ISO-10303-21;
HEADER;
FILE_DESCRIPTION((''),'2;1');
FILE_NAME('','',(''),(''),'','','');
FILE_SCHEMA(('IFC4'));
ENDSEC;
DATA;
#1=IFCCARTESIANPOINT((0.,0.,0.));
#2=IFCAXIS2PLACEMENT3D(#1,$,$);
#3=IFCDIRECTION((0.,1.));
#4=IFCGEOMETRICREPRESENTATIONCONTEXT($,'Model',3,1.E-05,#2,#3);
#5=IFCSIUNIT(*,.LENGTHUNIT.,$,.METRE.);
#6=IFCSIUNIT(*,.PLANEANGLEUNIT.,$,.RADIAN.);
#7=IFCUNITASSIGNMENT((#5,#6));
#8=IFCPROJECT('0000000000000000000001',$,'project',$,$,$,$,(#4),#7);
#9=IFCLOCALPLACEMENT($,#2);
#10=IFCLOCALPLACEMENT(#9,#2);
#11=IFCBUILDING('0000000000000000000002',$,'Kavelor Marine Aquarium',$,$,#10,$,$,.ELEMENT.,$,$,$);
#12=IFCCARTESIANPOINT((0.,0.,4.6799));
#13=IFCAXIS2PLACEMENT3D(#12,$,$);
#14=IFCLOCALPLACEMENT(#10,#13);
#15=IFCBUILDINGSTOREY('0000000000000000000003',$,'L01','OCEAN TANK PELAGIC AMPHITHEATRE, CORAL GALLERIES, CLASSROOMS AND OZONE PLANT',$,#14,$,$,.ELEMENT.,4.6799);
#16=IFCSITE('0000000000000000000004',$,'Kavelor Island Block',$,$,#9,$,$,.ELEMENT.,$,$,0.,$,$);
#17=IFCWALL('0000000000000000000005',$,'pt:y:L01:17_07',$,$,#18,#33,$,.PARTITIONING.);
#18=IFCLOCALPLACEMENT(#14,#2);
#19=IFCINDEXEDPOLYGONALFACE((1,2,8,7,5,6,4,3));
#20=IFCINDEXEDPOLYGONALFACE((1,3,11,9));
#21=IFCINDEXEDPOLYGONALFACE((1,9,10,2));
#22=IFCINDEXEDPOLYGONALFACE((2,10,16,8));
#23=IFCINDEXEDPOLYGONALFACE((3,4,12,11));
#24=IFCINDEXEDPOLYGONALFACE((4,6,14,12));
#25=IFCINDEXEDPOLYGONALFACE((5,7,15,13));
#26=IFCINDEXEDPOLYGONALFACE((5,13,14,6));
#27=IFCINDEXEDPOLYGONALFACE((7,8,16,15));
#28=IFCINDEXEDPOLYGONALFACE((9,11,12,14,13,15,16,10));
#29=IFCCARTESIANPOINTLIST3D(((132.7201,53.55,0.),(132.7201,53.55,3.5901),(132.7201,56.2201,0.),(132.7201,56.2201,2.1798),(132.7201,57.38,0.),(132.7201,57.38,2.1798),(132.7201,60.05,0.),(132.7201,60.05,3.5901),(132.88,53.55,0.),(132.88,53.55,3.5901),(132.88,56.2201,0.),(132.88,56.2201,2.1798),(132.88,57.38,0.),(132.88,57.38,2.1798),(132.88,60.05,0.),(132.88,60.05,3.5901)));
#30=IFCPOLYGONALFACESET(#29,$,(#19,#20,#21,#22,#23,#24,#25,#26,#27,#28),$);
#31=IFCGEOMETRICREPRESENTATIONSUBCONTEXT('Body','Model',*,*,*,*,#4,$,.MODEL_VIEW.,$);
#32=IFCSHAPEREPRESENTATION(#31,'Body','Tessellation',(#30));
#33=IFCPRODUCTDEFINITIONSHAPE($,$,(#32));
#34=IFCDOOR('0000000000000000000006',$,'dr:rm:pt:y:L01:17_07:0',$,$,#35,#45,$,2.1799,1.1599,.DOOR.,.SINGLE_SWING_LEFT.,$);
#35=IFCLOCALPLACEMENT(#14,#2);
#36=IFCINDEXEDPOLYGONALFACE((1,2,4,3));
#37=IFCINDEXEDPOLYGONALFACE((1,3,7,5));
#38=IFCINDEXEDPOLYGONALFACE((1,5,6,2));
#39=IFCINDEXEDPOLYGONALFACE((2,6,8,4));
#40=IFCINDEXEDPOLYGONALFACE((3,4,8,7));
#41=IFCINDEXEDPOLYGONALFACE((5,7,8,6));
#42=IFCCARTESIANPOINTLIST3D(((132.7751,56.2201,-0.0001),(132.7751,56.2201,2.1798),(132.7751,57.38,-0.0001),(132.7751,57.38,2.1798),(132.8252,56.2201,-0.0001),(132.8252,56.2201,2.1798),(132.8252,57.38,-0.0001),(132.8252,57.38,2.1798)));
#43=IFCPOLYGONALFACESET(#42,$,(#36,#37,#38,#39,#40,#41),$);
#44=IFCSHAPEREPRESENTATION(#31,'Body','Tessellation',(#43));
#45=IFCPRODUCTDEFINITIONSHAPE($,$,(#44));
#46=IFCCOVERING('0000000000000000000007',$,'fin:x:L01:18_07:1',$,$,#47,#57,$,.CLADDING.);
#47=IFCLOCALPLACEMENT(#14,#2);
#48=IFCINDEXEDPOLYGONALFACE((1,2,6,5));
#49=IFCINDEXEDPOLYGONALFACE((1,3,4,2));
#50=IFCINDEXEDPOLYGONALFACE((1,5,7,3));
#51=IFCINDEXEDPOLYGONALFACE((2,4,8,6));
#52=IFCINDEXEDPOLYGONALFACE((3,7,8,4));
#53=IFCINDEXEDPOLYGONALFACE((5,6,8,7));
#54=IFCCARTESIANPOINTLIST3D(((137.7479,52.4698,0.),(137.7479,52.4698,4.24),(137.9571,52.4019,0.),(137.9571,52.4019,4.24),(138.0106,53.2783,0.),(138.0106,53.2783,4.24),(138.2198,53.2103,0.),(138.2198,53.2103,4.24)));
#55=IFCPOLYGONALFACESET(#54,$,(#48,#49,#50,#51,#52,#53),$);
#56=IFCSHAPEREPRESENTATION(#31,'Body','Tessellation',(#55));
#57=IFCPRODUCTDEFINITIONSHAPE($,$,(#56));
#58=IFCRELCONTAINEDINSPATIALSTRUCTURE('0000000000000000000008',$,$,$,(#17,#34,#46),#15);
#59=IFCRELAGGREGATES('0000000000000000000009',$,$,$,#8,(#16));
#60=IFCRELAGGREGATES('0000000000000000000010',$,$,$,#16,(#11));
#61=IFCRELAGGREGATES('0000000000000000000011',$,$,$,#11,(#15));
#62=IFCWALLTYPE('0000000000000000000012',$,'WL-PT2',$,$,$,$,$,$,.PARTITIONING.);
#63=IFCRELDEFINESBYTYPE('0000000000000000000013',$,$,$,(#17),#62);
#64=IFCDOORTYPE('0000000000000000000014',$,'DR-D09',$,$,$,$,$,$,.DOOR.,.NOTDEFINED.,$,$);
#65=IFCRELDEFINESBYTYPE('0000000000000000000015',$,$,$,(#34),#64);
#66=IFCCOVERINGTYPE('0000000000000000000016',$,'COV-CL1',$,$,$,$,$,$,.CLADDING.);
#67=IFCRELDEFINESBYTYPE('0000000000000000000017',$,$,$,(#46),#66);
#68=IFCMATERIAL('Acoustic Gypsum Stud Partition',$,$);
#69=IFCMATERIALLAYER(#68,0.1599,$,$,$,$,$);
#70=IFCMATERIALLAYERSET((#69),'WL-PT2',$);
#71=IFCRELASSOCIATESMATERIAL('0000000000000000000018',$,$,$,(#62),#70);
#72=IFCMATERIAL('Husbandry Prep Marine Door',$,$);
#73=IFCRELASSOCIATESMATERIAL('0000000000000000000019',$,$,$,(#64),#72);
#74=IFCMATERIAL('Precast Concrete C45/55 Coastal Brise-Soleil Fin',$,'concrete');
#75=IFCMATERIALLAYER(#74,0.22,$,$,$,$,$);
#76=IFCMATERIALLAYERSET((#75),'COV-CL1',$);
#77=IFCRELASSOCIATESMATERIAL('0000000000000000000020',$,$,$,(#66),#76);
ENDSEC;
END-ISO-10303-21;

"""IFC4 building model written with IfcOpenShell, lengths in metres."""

from ifc_helpers import new_model, si_unit, direction, frame, frame_2d, origin, origin_2d, place, context, subcontext, project, spatial, rectangle, extrude, material, layer, layer_set, type_object, element, fill, save


model = new_model("IFC4")

# Units and contexts
model_context = context("Model", 3, precision=1e-05, world=origin(), true_north=direction((0.0, 1.0)))
body_context = subcontext(model_context, "Body", "Model", "MODEL_VIEW")
ifc_project = project(units=[si_unit("LENGTHUNIT", "METRE"), si_unit("PLANEANGLEUNIT", "RADIAN")], contexts=[model_context])

# Site, building, storey
site_placement = place(None, origin())
site = spatial("IfcSite", under=ifc_project, at=site_placement, Name="Kavelor Island Block", CompositionType="ELEMENT", RefElevation=0.0)
building_placement = place(site_placement, origin())
building = spatial("IfcBuilding", under=site, at=building_placement, Name="Kavelor Marine Aquarium", CompositionType="ELEMENT")
storey_placement = place(building_placement, frame((0.0, 0.0, 4.6799)))
storey = spatial("IfcBuildingStorey", under=building, at=storey_placement, Name="L01", Description="OCEAN TANK PELAGIC AMPHITHEATRE, CORAL GALLERIES, CLASSROOMS AND OZONE PLANT", CompositionType="ELEMENT", Elevation=4.6799)

# Wall, opening, door
ifc_material_1 = material(Name="Acoustic Gypsum Stud Partition")
ifc_layer_1 = layer(ifc_material_1, 0.1599)
ifc_layer_set_1 = layer_set([ifc_layer_1], Name="WL-PT2")
wall_type_1 = type_object("IfcWallType", Name="WL-PT2", PredefinedType="PARTITIONING", material=ifc_layer_set_1)
wall_1_placement = place(storey_placement, frame((132.8, 53.55, 0.0), z_axis=(0.0, 0.0, 1.0), x_axis=(0.0, 1.0, 0.0)))
wall_1 = element("IfcWall", 1, at=wall_1_placement, inside=storey, type_object=wall_type_1, Name="pt:y:L01:17_07", PredefinedType="PARTITIONING", context=body_context, shape_type="SweptSolid", body=[
    extrude(rectangle(XDim=6.5, YDim=0.1599, at=frame_2d((3.25, 0.0))), origin(), (0.0, 0.0, 1.0), 3.5901),
])
opening_1_placement = place(wall_1_placement, frame((2.6699, 0.0, 0.0)))
opening_1 = element("IfcOpeningElement", 2, at=opening_1_placement, cuts=wall_1, PredefinedType="OPENING", context=body_context, shape_type="SweptSolid", body=[
    extrude(rectangle(XDim=1.1599, YDim=2.1799, at=frame_2d((0.5801, 1.0898))), frame((0.0, 0.0898, 0.0), z_axis=(0.0, -1.0, 0.0), x_axis=(1.0, 0.0, 0.0)), (0.0, 0.0, 1.0), 0.1799),
])
ifc_material_2 = material(Name="Husbandry Prep Marine Door")
door_type = type_object("IfcDoorType", Name="DR-D09", OperationType="NOTDEFINED", PredefinedType="DOOR", material=ifc_material_2)
door_placement = place(opening_1_placement, origin())
door = element("IfcDoor", 3, at=door_placement, inside=storey, type_object=door_type, Name="dr:rm:pt:y:L01:17_07:0", OperationType="SINGLE_SWING_LEFT", OverallHeight=2.1799, OverallWidth=1.1599, PredefinedType="DOOR", context=body_context, shape_type="SweptSolid", body=[
    extrude(rectangle(XDim=1.1599, YDim=2.1799, at=frame_2d((0.5801, 1.0898))), frame((0.0, 0.0249, 0.0), z_axis=(0.0, -1.0, 0.0), x_axis=(1.0, 0.0, 0.0)), (0.0, 0.0, 1.0), 0.05),
])
fill(opening_1, door)

# Covering
ifc_material_3 = material(Name="Precast Concrete C45/55 Coastal Brise-Soleil Fin", Category="concrete")
ifc_layer_2 = layer(ifc_material_3, 0.22)
ifc_layer_set_2 = layer_set([ifc_layer_2], Name="COV-CL1")
covering_type = type_object("IfcCoveringType", Name="COV-CL1", PredefinedType="CLADDING", material=ifc_layer_set_2)
covering_placement = place(storey_placement, frame((137.9839, 52.8401, 0.0), z_axis=(0.0, 0.0, 1.0), x_axis=(0.951057, -0.309017, 0.0)))
element("IfcCovering", 4, at=covering_placement, inside=storey, type_object=covering_type, Name="fin:x:L01:18_07:1", PredefinedType="CLADDING", context=body_context, shape_type="SweptSolid", body=[
    extrude(rectangle(XDim=0.22, YDim=0.8501, at=origin_2d()), origin(), (0.0, 0.0, 1.0), 4.24),
])

save(model, "model.ifc")
